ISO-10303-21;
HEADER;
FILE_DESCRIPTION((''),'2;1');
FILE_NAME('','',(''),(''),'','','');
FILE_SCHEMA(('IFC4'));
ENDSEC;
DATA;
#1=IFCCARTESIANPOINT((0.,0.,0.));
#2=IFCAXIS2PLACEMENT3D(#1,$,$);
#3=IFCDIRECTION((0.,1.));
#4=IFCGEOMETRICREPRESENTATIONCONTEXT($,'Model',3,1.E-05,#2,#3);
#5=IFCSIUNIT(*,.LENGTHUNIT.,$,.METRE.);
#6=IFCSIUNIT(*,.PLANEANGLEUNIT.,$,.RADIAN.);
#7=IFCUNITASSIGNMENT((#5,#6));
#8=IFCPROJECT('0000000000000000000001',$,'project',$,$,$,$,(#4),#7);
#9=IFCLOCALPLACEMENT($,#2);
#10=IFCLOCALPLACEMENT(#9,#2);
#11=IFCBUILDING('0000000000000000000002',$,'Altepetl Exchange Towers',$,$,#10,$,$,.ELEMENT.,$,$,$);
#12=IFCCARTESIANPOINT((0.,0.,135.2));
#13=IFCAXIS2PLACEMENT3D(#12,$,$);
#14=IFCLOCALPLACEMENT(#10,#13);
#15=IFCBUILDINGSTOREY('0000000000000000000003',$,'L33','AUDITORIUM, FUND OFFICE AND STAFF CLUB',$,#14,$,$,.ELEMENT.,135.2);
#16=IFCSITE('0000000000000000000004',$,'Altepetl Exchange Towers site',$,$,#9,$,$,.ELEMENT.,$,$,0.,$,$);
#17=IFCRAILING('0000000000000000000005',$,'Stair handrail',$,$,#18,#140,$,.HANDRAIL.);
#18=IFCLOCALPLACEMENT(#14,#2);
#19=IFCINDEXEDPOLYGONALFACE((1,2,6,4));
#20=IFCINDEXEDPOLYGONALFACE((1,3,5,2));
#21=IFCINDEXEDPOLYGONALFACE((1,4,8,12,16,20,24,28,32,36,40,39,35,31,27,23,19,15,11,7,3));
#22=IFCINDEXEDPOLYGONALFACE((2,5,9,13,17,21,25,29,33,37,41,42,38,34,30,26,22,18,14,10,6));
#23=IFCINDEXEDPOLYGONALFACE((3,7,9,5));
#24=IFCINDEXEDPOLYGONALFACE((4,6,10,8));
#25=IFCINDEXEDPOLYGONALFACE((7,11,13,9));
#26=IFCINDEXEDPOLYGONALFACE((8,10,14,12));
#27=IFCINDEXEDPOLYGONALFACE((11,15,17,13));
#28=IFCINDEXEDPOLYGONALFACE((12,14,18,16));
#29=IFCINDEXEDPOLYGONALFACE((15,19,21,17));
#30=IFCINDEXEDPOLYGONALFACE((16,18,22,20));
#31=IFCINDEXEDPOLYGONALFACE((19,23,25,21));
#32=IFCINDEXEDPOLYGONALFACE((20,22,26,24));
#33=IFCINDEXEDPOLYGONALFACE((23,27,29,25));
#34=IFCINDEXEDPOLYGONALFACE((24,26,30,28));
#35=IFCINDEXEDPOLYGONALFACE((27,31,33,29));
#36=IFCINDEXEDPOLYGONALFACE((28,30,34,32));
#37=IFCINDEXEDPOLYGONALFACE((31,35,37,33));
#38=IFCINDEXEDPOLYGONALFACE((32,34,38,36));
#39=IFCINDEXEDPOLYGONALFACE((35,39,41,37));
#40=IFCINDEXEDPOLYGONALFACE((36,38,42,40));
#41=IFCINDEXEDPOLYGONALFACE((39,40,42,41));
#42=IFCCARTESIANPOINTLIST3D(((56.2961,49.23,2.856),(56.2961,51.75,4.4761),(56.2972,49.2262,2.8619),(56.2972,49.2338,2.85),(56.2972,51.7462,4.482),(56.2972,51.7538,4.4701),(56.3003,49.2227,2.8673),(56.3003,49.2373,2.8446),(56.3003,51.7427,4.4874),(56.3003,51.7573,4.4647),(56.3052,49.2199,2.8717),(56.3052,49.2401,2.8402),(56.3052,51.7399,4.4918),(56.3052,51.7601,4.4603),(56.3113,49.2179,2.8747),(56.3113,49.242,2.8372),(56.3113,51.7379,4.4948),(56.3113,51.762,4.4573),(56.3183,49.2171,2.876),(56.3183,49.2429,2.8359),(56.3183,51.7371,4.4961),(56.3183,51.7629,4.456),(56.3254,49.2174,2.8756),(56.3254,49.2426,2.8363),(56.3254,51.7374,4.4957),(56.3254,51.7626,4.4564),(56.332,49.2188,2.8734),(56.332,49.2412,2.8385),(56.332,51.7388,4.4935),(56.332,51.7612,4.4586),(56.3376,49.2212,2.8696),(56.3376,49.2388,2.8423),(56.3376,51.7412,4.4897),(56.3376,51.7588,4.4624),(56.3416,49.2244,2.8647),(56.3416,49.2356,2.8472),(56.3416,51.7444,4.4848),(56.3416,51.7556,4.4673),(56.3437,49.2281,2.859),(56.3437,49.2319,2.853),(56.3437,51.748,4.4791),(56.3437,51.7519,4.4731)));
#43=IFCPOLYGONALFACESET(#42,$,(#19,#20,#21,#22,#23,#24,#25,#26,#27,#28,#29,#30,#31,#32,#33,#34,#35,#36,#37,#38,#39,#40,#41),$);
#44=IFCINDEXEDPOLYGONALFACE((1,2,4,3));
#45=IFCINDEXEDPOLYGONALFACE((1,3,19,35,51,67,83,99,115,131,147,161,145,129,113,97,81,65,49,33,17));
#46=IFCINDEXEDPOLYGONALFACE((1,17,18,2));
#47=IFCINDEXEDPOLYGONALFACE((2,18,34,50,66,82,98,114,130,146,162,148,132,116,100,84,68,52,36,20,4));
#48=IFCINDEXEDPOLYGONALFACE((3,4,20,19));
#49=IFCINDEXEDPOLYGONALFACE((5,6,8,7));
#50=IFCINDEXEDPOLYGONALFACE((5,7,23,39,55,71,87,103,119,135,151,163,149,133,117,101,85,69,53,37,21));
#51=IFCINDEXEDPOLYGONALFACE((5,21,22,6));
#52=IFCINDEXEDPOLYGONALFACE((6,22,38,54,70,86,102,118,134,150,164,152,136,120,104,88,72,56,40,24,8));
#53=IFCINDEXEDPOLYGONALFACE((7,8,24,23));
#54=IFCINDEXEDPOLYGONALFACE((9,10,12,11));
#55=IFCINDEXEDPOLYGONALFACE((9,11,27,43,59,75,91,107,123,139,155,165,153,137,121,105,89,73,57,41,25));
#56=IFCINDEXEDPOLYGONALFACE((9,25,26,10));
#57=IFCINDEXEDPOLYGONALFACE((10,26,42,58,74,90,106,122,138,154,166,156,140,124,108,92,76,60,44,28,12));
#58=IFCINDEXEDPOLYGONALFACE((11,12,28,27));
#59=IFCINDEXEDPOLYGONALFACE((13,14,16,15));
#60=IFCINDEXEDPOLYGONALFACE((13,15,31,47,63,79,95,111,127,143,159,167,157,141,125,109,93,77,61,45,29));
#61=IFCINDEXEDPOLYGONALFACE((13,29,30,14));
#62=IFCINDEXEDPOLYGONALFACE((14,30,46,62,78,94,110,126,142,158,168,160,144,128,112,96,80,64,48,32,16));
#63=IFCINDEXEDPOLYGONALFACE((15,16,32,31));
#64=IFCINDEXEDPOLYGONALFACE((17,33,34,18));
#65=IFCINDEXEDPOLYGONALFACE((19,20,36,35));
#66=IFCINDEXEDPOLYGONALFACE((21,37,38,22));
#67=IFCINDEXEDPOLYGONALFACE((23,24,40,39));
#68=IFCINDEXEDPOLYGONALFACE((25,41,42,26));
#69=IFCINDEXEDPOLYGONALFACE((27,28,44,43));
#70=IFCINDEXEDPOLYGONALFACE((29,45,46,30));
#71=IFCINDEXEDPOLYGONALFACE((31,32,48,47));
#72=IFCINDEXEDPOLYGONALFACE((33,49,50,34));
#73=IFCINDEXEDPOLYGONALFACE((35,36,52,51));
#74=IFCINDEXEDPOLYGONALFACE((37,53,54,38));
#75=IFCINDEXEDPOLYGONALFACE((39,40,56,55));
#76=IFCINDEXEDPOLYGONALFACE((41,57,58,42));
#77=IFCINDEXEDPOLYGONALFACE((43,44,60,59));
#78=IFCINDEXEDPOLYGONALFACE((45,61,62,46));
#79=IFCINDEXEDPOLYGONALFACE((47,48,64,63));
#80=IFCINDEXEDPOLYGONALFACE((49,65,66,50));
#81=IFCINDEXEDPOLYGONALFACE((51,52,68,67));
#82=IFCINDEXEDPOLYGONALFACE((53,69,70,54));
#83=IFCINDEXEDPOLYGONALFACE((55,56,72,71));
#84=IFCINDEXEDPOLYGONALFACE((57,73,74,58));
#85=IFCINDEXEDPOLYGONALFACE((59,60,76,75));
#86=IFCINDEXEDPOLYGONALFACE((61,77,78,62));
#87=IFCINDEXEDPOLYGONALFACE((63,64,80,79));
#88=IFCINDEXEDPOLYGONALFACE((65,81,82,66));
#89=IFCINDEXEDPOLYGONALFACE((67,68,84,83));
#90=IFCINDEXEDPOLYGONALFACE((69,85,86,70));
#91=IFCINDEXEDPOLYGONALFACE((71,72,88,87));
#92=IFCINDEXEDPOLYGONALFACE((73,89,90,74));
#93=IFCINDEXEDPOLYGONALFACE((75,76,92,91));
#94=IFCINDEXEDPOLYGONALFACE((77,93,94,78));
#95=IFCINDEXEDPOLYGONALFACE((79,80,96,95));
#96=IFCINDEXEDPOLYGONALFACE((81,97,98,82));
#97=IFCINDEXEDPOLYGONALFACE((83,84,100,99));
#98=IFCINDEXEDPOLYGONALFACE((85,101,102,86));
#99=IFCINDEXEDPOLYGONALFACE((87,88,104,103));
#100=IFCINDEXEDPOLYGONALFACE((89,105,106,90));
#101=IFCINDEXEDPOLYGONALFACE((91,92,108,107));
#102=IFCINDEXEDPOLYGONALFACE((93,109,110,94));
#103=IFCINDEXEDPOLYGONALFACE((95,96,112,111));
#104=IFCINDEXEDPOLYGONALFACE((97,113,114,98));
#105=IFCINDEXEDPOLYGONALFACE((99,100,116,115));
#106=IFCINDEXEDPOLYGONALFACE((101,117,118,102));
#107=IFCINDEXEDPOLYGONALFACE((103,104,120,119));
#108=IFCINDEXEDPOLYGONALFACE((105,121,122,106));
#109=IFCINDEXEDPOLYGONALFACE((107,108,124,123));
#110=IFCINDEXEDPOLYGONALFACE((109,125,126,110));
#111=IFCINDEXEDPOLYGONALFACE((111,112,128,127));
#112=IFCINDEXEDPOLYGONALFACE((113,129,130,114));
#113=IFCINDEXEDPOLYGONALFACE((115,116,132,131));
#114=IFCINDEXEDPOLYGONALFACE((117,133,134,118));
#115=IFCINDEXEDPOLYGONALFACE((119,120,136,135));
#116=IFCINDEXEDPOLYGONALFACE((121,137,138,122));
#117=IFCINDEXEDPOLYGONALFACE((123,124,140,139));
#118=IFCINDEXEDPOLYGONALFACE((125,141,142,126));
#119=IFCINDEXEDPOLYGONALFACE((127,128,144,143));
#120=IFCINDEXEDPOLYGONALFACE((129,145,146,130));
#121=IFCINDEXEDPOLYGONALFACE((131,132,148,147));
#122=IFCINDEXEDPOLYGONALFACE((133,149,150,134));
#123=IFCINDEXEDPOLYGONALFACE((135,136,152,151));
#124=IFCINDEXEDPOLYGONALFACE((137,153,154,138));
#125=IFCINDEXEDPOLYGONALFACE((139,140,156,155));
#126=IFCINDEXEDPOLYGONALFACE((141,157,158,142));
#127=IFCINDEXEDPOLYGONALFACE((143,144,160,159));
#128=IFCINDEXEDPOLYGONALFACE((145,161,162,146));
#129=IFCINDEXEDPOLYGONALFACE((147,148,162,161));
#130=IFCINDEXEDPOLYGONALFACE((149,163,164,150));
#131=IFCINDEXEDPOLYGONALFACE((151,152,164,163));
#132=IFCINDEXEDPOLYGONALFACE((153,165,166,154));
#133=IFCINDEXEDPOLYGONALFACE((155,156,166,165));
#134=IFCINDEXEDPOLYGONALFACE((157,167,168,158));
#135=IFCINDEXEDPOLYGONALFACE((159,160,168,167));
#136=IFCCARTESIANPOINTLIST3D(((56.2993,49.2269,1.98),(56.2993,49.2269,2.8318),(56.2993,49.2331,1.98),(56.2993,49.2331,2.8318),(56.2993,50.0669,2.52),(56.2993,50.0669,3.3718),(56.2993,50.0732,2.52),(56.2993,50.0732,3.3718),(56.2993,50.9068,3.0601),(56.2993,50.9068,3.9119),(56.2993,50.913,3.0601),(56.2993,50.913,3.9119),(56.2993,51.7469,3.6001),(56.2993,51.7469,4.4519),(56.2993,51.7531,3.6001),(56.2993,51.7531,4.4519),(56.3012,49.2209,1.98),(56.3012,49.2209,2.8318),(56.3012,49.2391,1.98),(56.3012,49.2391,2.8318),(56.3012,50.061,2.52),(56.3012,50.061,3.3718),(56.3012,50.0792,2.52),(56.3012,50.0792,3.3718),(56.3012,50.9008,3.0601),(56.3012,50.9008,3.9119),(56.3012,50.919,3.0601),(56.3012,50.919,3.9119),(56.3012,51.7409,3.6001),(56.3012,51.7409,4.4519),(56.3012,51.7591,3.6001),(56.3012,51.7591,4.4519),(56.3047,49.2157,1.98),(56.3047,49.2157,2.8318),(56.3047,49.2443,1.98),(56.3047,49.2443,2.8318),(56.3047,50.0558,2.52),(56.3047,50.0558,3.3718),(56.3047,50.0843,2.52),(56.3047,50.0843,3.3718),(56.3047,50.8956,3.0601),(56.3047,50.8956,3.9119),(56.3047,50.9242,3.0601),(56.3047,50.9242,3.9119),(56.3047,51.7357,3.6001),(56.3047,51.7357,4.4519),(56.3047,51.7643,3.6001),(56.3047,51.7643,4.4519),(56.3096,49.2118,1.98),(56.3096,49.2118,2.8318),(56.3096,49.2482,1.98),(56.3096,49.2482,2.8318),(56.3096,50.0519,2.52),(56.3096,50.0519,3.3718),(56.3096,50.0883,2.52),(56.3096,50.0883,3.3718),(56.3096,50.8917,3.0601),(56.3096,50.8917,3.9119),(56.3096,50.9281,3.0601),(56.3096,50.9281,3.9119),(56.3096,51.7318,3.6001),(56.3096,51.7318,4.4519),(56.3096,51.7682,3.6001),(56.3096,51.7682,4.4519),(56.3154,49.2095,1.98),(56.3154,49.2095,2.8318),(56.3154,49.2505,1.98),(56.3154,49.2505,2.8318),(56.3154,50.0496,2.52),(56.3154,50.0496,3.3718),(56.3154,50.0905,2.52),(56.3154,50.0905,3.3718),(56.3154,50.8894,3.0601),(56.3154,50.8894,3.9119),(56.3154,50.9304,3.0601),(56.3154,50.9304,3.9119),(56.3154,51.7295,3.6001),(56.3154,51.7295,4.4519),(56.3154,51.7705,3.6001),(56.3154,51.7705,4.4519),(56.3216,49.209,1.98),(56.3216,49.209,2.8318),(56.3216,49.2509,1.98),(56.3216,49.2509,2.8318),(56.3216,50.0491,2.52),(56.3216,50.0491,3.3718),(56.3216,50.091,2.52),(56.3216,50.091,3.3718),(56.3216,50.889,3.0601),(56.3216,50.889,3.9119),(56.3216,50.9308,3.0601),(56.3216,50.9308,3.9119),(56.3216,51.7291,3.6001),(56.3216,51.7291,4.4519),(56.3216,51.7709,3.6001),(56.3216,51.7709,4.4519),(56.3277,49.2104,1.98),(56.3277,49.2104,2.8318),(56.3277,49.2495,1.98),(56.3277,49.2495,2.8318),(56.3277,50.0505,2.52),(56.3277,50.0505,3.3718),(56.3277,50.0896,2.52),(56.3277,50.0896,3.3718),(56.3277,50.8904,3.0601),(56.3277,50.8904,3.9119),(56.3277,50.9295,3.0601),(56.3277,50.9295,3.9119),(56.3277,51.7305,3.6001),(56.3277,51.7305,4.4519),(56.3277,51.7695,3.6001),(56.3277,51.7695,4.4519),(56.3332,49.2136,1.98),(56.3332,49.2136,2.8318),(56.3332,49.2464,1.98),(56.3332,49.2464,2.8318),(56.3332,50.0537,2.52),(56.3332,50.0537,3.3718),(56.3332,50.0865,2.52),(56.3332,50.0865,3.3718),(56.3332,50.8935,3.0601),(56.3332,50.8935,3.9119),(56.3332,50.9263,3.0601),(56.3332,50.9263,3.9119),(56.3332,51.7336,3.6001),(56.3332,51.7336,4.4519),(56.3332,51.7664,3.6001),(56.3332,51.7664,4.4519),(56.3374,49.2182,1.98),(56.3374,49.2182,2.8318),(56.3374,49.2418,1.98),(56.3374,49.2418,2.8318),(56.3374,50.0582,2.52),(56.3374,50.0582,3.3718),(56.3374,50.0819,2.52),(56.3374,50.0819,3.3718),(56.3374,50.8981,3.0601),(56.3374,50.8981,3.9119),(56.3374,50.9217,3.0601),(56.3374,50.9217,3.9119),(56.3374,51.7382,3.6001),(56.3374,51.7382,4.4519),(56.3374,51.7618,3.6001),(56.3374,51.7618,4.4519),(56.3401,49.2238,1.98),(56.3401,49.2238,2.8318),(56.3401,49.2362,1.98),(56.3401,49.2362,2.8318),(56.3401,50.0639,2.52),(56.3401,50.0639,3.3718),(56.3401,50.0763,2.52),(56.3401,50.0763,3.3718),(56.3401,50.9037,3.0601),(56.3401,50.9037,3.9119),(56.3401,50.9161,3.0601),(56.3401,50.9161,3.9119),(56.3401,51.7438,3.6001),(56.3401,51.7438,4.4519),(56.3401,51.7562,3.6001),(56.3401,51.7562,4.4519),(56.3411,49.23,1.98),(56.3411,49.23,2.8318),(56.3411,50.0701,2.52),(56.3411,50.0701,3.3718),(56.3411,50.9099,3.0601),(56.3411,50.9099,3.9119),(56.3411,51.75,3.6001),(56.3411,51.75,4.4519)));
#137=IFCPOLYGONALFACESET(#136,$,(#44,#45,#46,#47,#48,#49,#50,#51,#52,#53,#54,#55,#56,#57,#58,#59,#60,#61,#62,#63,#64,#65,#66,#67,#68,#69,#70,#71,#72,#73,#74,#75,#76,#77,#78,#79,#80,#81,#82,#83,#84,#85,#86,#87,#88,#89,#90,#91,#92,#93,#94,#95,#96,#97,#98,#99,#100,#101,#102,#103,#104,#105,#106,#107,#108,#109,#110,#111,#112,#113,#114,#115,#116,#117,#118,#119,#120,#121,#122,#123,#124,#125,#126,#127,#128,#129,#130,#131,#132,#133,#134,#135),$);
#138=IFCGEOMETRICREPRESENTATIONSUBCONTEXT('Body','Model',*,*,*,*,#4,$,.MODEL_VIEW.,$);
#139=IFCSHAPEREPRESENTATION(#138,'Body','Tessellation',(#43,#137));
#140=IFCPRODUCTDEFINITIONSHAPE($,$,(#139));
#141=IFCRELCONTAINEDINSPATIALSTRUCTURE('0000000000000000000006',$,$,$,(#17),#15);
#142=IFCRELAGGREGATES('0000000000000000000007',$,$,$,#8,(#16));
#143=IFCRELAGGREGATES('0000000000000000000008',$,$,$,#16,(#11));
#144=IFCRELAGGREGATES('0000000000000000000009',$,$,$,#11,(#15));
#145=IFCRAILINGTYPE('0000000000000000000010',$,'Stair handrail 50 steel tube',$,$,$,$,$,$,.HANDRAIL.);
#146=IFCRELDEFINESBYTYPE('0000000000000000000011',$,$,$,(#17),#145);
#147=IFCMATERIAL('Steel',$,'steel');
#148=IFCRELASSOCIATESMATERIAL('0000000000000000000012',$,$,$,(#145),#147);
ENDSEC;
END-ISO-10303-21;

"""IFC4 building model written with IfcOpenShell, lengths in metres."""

from ifc_helpers import new_model, si_unit, direction, frame, origin, origin_2d, place, context, subcontext, project, spatial, circle, extrude, source, transform, mapped, material, type_object, element, save


model = new_model("IFC4")

# Units and contexts
model_context = context("Model", 3, precision=1e-05, world=origin(), true_north=direction((0.0, 1.0)))
body_context = subcontext(model_context, "Body", "Model", "MODEL_VIEW")
ifc_project = project(units=[si_unit("LENGTHUNIT", "METRE"), si_unit("PLANEANGLEUNIT", "RADIAN")], contexts=[model_context])

# Site, building, storey
site_placement = place(None, origin())
site = spatial("IfcSite", under=ifc_project, at=site_placement, Name="Altepetl Exchange Towers site", CompositionType="ELEMENT", RefElevation=0.0)
building_placement = place(site_placement, origin())
building = spatial("IfcBuilding", under=site, at=building_placement, Name="Altepetl Exchange Towers", CompositionType="ELEMENT")
storey_placement = place(building_placement, frame((0.0, 0.0, 135.2)))
storey = spatial("IfcBuildingStorey", under=building, at=storey_placement, Name="L33", Description="AUDITORIUM, FUND OFFICE AND STAFF CLUB", CompositionType="ELEMENT", Elevation=135.2)

# Railing
ifc_material_1 = material(Name="Steel", Category="steel")
railing_type = type_object("IfcRailingType", Name="Stair handrail 50 steel tube", PredefinedType="HANDRAIL", material=ifc_material_1)
shared_shape = source(origin(), body_context, "Body", "SweptSolid", [
    extrude(circle(Radius=0.021, at=origin_2d()), origin(), (0.0, 0.0, 1.0), 0.8518),
])
railing_1_placement = place(storey_placement, frame((56.3201, 49.23, 1.98)))
element("IfcRailing", 1, at=railing_1_placement, inside=storey, type_object=railing_type, Name="Stair handrail", PredefinedType="HANDRAIL", context=body_context, shape_type="SweptSolid", body=[
    extrude(circle(Radius=0.0239, at=origin_2d()), frame((0.0, 0.0, 0.876), z_axis=(0.0, 0.841163, 0.540782), x_axis=(-1.0, 0.0, 0.0)), (0.0, 0.0, 1.0), 2.9958),
    mapped(shared_shape, transform((0.0, 0.0, 0.0))),
    mapped(shared_shape, transform((0.0, 0.8401, 0.54))),
    mapped(shared_shape, transform((0.0, 1.6799, 1.0801))),
    mapped(shared_shape, transform((0.0, 2.52, 1.6201))),
])

save(model, "model.ifc")
